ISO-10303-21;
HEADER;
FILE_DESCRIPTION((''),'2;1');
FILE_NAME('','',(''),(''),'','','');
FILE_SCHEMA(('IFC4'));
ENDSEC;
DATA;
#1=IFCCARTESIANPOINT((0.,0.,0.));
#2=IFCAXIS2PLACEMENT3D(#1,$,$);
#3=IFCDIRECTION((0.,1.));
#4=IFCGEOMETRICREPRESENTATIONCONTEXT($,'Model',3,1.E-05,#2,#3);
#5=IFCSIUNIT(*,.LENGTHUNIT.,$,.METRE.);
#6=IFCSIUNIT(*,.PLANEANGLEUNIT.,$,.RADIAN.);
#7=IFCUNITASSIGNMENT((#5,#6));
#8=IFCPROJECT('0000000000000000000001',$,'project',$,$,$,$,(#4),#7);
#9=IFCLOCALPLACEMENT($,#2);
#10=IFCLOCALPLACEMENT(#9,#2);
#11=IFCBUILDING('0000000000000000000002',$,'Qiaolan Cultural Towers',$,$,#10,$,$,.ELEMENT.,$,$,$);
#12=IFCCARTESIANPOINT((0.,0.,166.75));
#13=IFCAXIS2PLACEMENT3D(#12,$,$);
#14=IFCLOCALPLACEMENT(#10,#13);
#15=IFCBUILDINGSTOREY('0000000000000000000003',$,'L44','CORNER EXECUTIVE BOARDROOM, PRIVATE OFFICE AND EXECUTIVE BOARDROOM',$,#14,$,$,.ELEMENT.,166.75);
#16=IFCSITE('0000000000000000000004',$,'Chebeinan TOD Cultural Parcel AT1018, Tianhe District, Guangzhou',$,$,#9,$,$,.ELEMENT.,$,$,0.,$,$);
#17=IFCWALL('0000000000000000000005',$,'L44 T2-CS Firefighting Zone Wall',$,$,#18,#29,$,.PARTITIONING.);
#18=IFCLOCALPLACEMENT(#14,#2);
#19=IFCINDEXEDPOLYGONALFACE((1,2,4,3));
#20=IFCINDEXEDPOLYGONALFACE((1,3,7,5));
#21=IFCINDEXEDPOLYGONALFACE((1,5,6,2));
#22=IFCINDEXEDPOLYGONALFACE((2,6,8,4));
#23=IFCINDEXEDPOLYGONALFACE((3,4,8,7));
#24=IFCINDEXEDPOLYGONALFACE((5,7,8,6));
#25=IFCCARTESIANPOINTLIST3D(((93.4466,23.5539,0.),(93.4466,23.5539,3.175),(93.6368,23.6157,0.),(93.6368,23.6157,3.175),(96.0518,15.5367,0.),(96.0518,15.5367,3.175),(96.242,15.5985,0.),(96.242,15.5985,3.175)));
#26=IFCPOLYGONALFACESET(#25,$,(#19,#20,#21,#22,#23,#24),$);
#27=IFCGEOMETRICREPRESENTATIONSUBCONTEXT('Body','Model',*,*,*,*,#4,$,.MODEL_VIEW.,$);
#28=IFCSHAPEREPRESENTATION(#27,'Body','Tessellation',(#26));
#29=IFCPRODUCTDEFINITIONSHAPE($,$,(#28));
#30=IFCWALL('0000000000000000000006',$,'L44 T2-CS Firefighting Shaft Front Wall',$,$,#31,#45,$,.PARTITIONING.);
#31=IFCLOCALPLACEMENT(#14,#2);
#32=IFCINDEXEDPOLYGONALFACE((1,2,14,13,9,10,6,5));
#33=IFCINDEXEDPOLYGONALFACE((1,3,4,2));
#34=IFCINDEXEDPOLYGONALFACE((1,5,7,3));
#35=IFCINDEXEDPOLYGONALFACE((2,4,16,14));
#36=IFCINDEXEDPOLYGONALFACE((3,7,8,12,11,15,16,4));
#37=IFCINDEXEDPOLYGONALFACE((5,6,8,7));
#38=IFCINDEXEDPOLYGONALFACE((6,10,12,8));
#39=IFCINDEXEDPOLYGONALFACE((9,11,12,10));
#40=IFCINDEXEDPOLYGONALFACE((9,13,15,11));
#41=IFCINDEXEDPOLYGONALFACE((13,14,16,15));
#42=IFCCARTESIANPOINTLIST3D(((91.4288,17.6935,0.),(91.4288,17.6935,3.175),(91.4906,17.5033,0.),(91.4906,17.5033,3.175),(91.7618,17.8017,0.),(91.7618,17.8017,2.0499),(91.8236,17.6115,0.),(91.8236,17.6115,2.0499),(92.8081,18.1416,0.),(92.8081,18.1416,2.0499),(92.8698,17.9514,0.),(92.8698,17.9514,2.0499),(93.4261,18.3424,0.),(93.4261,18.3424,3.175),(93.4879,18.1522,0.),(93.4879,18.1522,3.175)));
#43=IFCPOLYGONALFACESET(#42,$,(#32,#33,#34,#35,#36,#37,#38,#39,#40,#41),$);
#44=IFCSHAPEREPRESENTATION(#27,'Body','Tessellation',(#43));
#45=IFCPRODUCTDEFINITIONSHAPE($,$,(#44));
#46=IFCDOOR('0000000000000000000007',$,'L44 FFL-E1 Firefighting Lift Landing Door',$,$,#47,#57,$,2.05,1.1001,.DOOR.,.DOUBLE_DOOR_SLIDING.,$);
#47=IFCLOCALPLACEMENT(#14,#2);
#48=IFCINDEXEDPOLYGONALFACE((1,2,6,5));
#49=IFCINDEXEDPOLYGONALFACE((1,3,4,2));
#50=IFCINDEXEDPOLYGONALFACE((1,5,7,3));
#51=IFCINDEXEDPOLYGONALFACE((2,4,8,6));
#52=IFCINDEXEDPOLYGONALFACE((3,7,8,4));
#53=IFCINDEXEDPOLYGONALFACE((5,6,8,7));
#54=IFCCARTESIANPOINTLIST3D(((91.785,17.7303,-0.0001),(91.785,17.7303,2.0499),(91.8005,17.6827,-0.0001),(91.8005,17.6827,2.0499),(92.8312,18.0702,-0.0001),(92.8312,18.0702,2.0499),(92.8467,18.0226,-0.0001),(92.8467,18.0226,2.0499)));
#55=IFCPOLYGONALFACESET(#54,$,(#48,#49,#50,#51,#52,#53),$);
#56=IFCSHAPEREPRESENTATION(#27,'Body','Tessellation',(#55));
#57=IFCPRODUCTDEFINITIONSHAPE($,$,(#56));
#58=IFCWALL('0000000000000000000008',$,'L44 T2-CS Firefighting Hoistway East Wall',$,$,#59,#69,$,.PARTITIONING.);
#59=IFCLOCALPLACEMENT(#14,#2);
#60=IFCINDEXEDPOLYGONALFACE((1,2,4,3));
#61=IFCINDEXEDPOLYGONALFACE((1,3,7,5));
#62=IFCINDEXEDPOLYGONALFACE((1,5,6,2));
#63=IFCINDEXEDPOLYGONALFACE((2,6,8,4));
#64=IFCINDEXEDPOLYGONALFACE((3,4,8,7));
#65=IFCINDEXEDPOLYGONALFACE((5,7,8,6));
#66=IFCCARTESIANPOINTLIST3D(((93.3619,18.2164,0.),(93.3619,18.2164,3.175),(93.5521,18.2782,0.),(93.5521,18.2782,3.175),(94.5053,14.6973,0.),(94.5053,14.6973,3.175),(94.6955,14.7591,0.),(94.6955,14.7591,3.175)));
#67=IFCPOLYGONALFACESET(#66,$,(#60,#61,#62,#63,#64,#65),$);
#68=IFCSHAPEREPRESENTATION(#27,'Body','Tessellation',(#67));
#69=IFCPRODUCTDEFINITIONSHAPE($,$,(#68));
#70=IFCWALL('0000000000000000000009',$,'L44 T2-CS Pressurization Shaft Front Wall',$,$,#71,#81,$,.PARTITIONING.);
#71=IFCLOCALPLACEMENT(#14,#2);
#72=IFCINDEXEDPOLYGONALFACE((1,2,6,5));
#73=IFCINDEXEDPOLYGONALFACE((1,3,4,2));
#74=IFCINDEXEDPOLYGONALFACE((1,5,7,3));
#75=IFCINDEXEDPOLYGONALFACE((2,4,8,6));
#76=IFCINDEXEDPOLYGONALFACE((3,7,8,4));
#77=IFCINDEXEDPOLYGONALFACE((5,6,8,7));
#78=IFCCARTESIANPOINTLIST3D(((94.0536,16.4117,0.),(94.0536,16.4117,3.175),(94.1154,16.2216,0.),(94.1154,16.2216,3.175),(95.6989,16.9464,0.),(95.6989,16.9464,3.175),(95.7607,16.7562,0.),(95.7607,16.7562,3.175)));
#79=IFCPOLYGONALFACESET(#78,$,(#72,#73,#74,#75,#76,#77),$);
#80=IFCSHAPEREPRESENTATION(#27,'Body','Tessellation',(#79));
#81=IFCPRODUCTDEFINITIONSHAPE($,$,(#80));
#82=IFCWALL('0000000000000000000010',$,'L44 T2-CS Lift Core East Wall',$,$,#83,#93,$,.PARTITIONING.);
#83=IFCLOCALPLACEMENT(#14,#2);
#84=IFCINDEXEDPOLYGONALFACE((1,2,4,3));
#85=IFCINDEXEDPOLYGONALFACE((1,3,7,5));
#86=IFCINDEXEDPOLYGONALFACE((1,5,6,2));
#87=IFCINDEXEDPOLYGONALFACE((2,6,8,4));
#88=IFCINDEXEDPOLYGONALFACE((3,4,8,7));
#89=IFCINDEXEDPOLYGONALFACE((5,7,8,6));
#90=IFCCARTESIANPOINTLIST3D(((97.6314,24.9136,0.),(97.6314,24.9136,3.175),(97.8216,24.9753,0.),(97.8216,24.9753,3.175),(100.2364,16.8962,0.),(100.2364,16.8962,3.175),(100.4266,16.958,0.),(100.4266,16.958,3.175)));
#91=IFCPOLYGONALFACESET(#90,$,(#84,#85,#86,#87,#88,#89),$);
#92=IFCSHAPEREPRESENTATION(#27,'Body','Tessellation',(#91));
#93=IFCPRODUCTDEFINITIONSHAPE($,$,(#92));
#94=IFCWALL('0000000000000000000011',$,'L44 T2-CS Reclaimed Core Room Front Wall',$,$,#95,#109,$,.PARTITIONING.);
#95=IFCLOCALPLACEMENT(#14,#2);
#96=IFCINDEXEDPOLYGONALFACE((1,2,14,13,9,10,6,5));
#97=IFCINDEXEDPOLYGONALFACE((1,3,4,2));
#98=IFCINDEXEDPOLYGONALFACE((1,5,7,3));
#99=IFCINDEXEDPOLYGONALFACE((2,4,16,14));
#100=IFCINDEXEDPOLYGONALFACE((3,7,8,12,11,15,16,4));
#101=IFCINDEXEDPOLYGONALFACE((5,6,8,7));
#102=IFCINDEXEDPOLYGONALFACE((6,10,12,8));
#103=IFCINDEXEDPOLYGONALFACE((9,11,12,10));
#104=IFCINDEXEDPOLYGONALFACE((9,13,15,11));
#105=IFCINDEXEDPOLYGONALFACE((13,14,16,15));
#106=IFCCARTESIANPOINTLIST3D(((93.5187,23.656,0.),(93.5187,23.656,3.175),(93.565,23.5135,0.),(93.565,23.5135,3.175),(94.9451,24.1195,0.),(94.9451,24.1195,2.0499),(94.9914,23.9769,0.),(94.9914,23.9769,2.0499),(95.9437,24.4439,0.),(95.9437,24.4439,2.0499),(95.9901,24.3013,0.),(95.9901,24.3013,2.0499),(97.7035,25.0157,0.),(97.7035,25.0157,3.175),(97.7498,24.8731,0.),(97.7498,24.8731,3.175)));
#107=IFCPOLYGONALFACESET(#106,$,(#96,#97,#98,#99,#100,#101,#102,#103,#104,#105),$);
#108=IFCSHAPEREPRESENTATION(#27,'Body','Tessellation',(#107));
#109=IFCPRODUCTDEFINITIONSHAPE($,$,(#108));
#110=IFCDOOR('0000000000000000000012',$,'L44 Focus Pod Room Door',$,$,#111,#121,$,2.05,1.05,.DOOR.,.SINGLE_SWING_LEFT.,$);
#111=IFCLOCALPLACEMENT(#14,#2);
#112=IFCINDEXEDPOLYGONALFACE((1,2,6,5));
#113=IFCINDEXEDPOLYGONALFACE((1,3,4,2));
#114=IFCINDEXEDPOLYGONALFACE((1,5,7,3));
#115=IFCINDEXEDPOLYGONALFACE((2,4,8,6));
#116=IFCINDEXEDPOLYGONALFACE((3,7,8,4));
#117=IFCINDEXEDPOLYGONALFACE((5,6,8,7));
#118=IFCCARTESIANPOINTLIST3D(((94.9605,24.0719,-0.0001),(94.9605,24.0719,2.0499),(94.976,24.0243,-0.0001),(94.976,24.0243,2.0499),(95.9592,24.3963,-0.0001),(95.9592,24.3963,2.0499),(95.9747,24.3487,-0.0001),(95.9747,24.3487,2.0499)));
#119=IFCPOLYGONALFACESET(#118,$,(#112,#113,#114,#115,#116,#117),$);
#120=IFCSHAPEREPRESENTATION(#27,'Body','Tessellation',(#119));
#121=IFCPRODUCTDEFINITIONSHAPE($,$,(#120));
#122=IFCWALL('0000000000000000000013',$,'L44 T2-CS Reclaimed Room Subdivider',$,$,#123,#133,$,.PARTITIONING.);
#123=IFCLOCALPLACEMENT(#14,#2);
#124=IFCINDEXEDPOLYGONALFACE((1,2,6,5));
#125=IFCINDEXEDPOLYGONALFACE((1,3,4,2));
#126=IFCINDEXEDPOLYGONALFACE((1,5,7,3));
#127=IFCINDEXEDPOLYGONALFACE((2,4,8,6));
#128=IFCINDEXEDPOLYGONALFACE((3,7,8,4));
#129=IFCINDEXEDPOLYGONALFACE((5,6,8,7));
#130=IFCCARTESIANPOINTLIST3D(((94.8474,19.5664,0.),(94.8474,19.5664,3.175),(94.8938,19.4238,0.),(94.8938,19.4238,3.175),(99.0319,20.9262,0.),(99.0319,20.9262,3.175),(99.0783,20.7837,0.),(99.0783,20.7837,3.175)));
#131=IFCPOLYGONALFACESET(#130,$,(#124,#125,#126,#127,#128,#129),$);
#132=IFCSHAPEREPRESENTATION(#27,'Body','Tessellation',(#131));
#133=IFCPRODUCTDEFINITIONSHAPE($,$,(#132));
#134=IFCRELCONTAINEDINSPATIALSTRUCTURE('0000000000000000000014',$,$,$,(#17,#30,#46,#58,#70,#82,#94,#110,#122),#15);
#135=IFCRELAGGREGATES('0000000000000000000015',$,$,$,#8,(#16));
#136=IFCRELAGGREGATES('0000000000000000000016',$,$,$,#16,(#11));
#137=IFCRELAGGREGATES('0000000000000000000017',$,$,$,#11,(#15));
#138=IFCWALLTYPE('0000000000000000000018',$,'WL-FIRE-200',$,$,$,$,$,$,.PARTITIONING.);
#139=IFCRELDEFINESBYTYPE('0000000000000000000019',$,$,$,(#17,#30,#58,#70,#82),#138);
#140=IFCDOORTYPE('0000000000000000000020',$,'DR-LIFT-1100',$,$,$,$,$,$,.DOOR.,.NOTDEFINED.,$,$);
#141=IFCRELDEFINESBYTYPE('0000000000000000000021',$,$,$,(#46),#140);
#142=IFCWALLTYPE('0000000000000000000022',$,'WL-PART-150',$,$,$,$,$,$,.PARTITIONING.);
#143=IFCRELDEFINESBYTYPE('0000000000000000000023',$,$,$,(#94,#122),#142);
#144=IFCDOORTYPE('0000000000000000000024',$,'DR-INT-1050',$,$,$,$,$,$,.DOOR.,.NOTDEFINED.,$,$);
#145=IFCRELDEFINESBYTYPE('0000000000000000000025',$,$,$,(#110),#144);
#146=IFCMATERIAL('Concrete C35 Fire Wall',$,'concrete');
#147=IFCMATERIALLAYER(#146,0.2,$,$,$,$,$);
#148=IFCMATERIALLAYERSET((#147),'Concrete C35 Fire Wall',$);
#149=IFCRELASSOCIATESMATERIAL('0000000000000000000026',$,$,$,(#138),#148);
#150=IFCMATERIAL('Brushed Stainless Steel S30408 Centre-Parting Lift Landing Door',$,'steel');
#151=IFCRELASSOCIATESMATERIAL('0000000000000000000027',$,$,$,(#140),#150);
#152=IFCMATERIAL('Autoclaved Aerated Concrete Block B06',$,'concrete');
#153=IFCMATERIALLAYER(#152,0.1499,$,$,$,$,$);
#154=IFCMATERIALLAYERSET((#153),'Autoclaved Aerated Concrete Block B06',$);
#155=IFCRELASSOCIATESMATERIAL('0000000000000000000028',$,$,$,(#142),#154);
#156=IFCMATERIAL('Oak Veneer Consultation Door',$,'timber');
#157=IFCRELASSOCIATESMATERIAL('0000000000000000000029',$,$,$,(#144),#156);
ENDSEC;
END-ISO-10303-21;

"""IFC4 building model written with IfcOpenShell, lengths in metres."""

from ifc_helpers import new_model, si_unit, direction, frame, frame_2d, origin, place, context, subcontext, project, spatial, rectangle, extrude, material, layer, layer_set, type_object, element, fill, save


model = new_model("IFC4")

# Units and contexts
model_context = context("Model", 3, precision=1e-05, world=origin(), true_north=direction((0.0, 1.0)))
body_context = subcontext(model_context, "Body", "Model", "MODEL_VIEW")
ifc_project = project(units=[si_unit("LENGTHUNIT", "METRE"), si_unit("PLANEANGLEUNIT", "RADIAN")], contexts=[model_context])

# Site, building, storey
site_placement = place(None, origin())
site = spatial("IfcSite", under=ifc_project, at=site_placement, Name="Chebeinan TOD Cultural Parcel AT1018, Tianhe District, Guangzhou", CompositionType="ELEMENT", RefElevation=0.0)
building_placement = place(site_placement, origin())
building = spatial("IfcBuilding", under=site, at=building_placement, Name="Qiaolan Cultural Towers", CompositionType="ELEMENT")
storey_placement = place(building_placement, frame((0.0, 0.0, 166.75)))
storey = spatial("IfcBuildingStorey", under=building, at=storey_placement, Name="L44", Description="CORNER EXECUTIVE BOARDROOM, PRIVATE OFFICE AND EXECUTIVE BOARDROOM", CompositionType="ELEMENT", Elevation=166.75)

# Wall
ifc_material_1 = material(Name="Concrete C35 Fire Wall", Category="concrete")
ifc_layer_1 = layer(ifc_material_1, 0.2)
ifc_layer_set_1 = layer_set([ifc_layer_1], Name="Concrete C35 Fire Wall")
wall_type_1 = type_object("IfcWallType", Name="WL-FIRE-200", PredefinedType="PARTITIONING", material=ifc_layer_set_1)
wall_1_placement = place(storey_placement, frame((93.5417, 23.5847, 0.0), z_axis=(0.0, 0.0, 1.0), x_axis=(0.309042, -0.951048, 0.0)))
element("IfcWall", 1, at=wall_1_placement, inside=storey, type_object=wall_type_1, Name="L44 T2-CS Firefighting Zone Wall", PredefinedType="PARTITIONING", context=body_context, shape_type="SweptSolid", body=[
    extrude(rectangle(XDim=8.4299, YDim=0.2, at=frame_2d((4.2148, 0.0))), origin(), (0.0, 0.0, 1.0), 3.175),
])

# Wall, opening, door
wall_2_placement = place(storey_placement, frame((91.4597, 17.5984, 0.0), z_axis=(0.0, 0.0, 1.0), x_axis=(0.951062, 0.308999, 0.0)))
wall_2 = element("IfcWall", 2, at=wall_2_placement, inside=storey, type_object=wall_type_1, Name="L44 T2-CS Firefighting Shaft Front Wall", PredefinedType="PARTITIONING", context=body_context, shape_type="SweptSolid", body=[
    extrude(rectangle(XDim=2.1001, YDim=0.2, at=frame_2d((1.05, 0.0))), origin(), (0.0, 0.0, 1.0), 3.175),
])
opening_1_placement = place(wall_2_placement, frame((0.3501, 0.0, 0.0)))
opening_1 = element("IfcOpeningElement", 3, at=opening_1_placement, cuts=wall_2, PredefinedType="OPENING", context=body_context, shape_type="SweptSolid", body=[
    extrude(rectangle(XDim=1.1001, YDim=2.05, at=frame_2d((0.55, 1.0249))), frame((0.0, 0.1099, 0.0), z_axis=(0.0, -1.0, 0.0), x_axis=(1.0, 0.0, 0.0)), (0.0, 0.0, 1.0), 0.22),
])
ifc_material_2 = material(Name="Brushed Stainless Steel S30408 Centre-Parting Lift Landing Door", Category="steel")
door_type_1 = type_object("IfcDoorType", Name="DR-LIFT-1100", OperationType="NOTDEFINED", PredefinedType="DOOR", material=ifc_material_2)
door_1_placement = place(opening_1_placement, origin())
door_1 = element("IfcDoor", 4, at=door_1_placement, inside=storey, type_object=door_type_1, Name="L44 FFL-E1 Firefighting Lift Landing Door", OperationType="DOUBLE_DOOR_SLIDING", OverallHeight=2.05, OverallWidth=1.1001, PredefinedType="DOOR", context=body_context, shape_type="SweptSolid", body=[
    extrude(rectangle(XDim=1.1001, YDim=2.05, at=frame_2d((0.55, 1.0249))), frame((0.0, 0.0249, 0.0), z_axis=(0.0, -1.0, 0.0), x_axis=(1.0, 0.0, 0.0)), (0.0, 0.0, 1.0), 0.05),
])
fill(opening_1, door_1)

# Walls
wall_3_placement = place(storey_placement, frame((93.457, 18.2473, 0.0), z_axis=(0.0, 0.0, 1.0), x_axis=(0.308994, -0.951064, 0.0)))
element("IfcWall", 5, at=wall_3_placement, inside=storey, type_object=wall_type_1, Name="L44 T2-CS Firefighting Hoistway East Wall", PredefinedType="PARTITIONING", context=body_context, shape_type="SweptSolid", body=[
    extrude(rectangle(XDim=3.7002, YDim=0.2, at=frame_2d((1.8501, 0.0))), origin(), (0.0, 0.0, 1.0), 3.175),
])
wall_4_placement = place(storey_placement, frame((94.0845, 16.3167, 0.0), z_axis=(0.0, 0.0, 1.0), x_axis=(0.951041, 0.309064, 0.0)))
element("IfcWall", 6, at=wall_4_placement, inside=storey, type_object=wall_type_1, Name="L44 T2-CS Pressurization Shaft Front Wall", PredefinedType="PARTITIONING", context=body_context, shape_type="SweptSolid", body=[
    extrude(rectangle(XDim=1.73, YDim=0.2, at=frame_2d((0.865, 0.0))), origin(), (0.0, 0.0, 1.0), 3.175),
])
wall_5_placement = place(storey_placement, frame((97.7266, 24.9443, 0.0), z_axis=(0.0, 0.0, 1.0), x_axis=(0.309016, -0.951057, 0.0)))
element("IfcWall", 7, at=wall_5_placement, inside=storey, type_object=wall_type_1, Name="L44 T2-CS Lift Core East Wall", PredefinedType="PARTITIONING", context=body_context, shape_type="SweptSolid", body=[
    extrude(rectangle(XDim=8.4299, YDim=0.2, at=frame_2d((4.2148, 0.0))), origin(), (0.0, 0.0, 1.0), 3.175),
])

# Wall, opening, door
ifc_material_3 = material(Name="Autoclaved Aerated Concrete Block B06", Category="concrete")
ifc_layer_2 = layer(ifc_material_3, 0.1499)
ifc_layer_set_2 = layer_set([ifc_layer_2], Name="Autoclaved Aerated Concrete Block B06")
wall_type_2 = type_object("IfcWallType", Name="WL-PART-150", PredefinedType="PARTITIONING", material=ifc_layer_set_2)
wall_6_placement = place(storey_placement, frame((93.5417, 23.5847, 0.0), z_axis=(0.0, 0.0, 1.0), x_axis=(0.951064, 0.308994, 0.0)))
wall_6 = element("IfcWall", 8, at=wall_6_placement, inside=storey, type_object=wall_type_2, Name="L44 T2-CS Reclaimed Core Room Front Wall", PredefinedType="PARTITIONING", context=body_context, shape_type="SweptSolid", body=[
    extrude(rectangle(XDim=4.4001, YDim=0.1499, at=frame_2d((2.2002, 0.0))), origin(), (0.0, 0.0, 1.0), 3.175),
])
opening_2_placement = place(wall_6_placement, frame((1.5, 0.0, 0.0)))
opening_2 = element("IfcOpeningElement", 9, at=opening_2_placement, cuts=wall_6, PredefinedType="OPENING", context=body_context, shape_type="SweptSolid", body=[
    extrude(rectangle(XDim=1.05, YDim=2.05, at=frame_2d((0.5249, 1.0249))), frame((0.0, 0.085, 0.0), z_axis=(0.0, -1.0, 0.0), x_axis=(1.0, 0.0, 0.0)), (0.0, 0.0, 1.0), 0.1699),
])
ifc_material_4 = material(Name="Oak Veneer Consultation Door", Category="timber")
door_type_2 = type_object("IfcDoorType", Name="DR-INT-1050", OperationType="NOTDEFINED", PredefinedType="DOOR", material=ifc_material_4)
door_2_placement = place(opening_2_placement, origin())
door_2 = element("IfcDoor", 10, at=door_2_placement, inside=storey, type_object=door_type_2, Name="L44 Focus Pod Room Door", OperationType="SINGLE_SWING_LEFT", OverallHeight=2.05, OverallWidth=1.05, PredefinedType="DOOR", context=body_context, shape_type="SweptSolid", body=[
    extrude(rectangle(XDim=1.05, YDim=2.05, at=frame_2d((0.5249, 1.0249))), frame((0.0, 0.0249, 0.0), z_axis=(0.0, -1.0, 0.0), x_axis=(1.0, 0.0, 0.0)), (0.0, 0.0, 1.0), 0.05),
])
fill(opening_2, door_2)

# Wall
wall_7_placement = place(storey_placement, frame((94.8706, 19.4951, 0.0), z_axis=(0.0, 0.0, 1.0), x_axis=(0.951042, 0.309061, 0.0)))
element("IfcWall", 11, at=wall_7_placement, inside=storey, type_object=wall_type_2, Name="L44 T2-CS Reclaimed Room Subdivider", PredefinedType="PARTITIONING", context=body_context, shape_type="SweptSolid", body=[
    extrude(rectangle(XDim=4.3999, YDim=0.1499, at=frame_2d((2.2, 0.0))), origin(), (0.0, 0.0, 1.0), 3.175),
])

save(model, "model.ifc")
